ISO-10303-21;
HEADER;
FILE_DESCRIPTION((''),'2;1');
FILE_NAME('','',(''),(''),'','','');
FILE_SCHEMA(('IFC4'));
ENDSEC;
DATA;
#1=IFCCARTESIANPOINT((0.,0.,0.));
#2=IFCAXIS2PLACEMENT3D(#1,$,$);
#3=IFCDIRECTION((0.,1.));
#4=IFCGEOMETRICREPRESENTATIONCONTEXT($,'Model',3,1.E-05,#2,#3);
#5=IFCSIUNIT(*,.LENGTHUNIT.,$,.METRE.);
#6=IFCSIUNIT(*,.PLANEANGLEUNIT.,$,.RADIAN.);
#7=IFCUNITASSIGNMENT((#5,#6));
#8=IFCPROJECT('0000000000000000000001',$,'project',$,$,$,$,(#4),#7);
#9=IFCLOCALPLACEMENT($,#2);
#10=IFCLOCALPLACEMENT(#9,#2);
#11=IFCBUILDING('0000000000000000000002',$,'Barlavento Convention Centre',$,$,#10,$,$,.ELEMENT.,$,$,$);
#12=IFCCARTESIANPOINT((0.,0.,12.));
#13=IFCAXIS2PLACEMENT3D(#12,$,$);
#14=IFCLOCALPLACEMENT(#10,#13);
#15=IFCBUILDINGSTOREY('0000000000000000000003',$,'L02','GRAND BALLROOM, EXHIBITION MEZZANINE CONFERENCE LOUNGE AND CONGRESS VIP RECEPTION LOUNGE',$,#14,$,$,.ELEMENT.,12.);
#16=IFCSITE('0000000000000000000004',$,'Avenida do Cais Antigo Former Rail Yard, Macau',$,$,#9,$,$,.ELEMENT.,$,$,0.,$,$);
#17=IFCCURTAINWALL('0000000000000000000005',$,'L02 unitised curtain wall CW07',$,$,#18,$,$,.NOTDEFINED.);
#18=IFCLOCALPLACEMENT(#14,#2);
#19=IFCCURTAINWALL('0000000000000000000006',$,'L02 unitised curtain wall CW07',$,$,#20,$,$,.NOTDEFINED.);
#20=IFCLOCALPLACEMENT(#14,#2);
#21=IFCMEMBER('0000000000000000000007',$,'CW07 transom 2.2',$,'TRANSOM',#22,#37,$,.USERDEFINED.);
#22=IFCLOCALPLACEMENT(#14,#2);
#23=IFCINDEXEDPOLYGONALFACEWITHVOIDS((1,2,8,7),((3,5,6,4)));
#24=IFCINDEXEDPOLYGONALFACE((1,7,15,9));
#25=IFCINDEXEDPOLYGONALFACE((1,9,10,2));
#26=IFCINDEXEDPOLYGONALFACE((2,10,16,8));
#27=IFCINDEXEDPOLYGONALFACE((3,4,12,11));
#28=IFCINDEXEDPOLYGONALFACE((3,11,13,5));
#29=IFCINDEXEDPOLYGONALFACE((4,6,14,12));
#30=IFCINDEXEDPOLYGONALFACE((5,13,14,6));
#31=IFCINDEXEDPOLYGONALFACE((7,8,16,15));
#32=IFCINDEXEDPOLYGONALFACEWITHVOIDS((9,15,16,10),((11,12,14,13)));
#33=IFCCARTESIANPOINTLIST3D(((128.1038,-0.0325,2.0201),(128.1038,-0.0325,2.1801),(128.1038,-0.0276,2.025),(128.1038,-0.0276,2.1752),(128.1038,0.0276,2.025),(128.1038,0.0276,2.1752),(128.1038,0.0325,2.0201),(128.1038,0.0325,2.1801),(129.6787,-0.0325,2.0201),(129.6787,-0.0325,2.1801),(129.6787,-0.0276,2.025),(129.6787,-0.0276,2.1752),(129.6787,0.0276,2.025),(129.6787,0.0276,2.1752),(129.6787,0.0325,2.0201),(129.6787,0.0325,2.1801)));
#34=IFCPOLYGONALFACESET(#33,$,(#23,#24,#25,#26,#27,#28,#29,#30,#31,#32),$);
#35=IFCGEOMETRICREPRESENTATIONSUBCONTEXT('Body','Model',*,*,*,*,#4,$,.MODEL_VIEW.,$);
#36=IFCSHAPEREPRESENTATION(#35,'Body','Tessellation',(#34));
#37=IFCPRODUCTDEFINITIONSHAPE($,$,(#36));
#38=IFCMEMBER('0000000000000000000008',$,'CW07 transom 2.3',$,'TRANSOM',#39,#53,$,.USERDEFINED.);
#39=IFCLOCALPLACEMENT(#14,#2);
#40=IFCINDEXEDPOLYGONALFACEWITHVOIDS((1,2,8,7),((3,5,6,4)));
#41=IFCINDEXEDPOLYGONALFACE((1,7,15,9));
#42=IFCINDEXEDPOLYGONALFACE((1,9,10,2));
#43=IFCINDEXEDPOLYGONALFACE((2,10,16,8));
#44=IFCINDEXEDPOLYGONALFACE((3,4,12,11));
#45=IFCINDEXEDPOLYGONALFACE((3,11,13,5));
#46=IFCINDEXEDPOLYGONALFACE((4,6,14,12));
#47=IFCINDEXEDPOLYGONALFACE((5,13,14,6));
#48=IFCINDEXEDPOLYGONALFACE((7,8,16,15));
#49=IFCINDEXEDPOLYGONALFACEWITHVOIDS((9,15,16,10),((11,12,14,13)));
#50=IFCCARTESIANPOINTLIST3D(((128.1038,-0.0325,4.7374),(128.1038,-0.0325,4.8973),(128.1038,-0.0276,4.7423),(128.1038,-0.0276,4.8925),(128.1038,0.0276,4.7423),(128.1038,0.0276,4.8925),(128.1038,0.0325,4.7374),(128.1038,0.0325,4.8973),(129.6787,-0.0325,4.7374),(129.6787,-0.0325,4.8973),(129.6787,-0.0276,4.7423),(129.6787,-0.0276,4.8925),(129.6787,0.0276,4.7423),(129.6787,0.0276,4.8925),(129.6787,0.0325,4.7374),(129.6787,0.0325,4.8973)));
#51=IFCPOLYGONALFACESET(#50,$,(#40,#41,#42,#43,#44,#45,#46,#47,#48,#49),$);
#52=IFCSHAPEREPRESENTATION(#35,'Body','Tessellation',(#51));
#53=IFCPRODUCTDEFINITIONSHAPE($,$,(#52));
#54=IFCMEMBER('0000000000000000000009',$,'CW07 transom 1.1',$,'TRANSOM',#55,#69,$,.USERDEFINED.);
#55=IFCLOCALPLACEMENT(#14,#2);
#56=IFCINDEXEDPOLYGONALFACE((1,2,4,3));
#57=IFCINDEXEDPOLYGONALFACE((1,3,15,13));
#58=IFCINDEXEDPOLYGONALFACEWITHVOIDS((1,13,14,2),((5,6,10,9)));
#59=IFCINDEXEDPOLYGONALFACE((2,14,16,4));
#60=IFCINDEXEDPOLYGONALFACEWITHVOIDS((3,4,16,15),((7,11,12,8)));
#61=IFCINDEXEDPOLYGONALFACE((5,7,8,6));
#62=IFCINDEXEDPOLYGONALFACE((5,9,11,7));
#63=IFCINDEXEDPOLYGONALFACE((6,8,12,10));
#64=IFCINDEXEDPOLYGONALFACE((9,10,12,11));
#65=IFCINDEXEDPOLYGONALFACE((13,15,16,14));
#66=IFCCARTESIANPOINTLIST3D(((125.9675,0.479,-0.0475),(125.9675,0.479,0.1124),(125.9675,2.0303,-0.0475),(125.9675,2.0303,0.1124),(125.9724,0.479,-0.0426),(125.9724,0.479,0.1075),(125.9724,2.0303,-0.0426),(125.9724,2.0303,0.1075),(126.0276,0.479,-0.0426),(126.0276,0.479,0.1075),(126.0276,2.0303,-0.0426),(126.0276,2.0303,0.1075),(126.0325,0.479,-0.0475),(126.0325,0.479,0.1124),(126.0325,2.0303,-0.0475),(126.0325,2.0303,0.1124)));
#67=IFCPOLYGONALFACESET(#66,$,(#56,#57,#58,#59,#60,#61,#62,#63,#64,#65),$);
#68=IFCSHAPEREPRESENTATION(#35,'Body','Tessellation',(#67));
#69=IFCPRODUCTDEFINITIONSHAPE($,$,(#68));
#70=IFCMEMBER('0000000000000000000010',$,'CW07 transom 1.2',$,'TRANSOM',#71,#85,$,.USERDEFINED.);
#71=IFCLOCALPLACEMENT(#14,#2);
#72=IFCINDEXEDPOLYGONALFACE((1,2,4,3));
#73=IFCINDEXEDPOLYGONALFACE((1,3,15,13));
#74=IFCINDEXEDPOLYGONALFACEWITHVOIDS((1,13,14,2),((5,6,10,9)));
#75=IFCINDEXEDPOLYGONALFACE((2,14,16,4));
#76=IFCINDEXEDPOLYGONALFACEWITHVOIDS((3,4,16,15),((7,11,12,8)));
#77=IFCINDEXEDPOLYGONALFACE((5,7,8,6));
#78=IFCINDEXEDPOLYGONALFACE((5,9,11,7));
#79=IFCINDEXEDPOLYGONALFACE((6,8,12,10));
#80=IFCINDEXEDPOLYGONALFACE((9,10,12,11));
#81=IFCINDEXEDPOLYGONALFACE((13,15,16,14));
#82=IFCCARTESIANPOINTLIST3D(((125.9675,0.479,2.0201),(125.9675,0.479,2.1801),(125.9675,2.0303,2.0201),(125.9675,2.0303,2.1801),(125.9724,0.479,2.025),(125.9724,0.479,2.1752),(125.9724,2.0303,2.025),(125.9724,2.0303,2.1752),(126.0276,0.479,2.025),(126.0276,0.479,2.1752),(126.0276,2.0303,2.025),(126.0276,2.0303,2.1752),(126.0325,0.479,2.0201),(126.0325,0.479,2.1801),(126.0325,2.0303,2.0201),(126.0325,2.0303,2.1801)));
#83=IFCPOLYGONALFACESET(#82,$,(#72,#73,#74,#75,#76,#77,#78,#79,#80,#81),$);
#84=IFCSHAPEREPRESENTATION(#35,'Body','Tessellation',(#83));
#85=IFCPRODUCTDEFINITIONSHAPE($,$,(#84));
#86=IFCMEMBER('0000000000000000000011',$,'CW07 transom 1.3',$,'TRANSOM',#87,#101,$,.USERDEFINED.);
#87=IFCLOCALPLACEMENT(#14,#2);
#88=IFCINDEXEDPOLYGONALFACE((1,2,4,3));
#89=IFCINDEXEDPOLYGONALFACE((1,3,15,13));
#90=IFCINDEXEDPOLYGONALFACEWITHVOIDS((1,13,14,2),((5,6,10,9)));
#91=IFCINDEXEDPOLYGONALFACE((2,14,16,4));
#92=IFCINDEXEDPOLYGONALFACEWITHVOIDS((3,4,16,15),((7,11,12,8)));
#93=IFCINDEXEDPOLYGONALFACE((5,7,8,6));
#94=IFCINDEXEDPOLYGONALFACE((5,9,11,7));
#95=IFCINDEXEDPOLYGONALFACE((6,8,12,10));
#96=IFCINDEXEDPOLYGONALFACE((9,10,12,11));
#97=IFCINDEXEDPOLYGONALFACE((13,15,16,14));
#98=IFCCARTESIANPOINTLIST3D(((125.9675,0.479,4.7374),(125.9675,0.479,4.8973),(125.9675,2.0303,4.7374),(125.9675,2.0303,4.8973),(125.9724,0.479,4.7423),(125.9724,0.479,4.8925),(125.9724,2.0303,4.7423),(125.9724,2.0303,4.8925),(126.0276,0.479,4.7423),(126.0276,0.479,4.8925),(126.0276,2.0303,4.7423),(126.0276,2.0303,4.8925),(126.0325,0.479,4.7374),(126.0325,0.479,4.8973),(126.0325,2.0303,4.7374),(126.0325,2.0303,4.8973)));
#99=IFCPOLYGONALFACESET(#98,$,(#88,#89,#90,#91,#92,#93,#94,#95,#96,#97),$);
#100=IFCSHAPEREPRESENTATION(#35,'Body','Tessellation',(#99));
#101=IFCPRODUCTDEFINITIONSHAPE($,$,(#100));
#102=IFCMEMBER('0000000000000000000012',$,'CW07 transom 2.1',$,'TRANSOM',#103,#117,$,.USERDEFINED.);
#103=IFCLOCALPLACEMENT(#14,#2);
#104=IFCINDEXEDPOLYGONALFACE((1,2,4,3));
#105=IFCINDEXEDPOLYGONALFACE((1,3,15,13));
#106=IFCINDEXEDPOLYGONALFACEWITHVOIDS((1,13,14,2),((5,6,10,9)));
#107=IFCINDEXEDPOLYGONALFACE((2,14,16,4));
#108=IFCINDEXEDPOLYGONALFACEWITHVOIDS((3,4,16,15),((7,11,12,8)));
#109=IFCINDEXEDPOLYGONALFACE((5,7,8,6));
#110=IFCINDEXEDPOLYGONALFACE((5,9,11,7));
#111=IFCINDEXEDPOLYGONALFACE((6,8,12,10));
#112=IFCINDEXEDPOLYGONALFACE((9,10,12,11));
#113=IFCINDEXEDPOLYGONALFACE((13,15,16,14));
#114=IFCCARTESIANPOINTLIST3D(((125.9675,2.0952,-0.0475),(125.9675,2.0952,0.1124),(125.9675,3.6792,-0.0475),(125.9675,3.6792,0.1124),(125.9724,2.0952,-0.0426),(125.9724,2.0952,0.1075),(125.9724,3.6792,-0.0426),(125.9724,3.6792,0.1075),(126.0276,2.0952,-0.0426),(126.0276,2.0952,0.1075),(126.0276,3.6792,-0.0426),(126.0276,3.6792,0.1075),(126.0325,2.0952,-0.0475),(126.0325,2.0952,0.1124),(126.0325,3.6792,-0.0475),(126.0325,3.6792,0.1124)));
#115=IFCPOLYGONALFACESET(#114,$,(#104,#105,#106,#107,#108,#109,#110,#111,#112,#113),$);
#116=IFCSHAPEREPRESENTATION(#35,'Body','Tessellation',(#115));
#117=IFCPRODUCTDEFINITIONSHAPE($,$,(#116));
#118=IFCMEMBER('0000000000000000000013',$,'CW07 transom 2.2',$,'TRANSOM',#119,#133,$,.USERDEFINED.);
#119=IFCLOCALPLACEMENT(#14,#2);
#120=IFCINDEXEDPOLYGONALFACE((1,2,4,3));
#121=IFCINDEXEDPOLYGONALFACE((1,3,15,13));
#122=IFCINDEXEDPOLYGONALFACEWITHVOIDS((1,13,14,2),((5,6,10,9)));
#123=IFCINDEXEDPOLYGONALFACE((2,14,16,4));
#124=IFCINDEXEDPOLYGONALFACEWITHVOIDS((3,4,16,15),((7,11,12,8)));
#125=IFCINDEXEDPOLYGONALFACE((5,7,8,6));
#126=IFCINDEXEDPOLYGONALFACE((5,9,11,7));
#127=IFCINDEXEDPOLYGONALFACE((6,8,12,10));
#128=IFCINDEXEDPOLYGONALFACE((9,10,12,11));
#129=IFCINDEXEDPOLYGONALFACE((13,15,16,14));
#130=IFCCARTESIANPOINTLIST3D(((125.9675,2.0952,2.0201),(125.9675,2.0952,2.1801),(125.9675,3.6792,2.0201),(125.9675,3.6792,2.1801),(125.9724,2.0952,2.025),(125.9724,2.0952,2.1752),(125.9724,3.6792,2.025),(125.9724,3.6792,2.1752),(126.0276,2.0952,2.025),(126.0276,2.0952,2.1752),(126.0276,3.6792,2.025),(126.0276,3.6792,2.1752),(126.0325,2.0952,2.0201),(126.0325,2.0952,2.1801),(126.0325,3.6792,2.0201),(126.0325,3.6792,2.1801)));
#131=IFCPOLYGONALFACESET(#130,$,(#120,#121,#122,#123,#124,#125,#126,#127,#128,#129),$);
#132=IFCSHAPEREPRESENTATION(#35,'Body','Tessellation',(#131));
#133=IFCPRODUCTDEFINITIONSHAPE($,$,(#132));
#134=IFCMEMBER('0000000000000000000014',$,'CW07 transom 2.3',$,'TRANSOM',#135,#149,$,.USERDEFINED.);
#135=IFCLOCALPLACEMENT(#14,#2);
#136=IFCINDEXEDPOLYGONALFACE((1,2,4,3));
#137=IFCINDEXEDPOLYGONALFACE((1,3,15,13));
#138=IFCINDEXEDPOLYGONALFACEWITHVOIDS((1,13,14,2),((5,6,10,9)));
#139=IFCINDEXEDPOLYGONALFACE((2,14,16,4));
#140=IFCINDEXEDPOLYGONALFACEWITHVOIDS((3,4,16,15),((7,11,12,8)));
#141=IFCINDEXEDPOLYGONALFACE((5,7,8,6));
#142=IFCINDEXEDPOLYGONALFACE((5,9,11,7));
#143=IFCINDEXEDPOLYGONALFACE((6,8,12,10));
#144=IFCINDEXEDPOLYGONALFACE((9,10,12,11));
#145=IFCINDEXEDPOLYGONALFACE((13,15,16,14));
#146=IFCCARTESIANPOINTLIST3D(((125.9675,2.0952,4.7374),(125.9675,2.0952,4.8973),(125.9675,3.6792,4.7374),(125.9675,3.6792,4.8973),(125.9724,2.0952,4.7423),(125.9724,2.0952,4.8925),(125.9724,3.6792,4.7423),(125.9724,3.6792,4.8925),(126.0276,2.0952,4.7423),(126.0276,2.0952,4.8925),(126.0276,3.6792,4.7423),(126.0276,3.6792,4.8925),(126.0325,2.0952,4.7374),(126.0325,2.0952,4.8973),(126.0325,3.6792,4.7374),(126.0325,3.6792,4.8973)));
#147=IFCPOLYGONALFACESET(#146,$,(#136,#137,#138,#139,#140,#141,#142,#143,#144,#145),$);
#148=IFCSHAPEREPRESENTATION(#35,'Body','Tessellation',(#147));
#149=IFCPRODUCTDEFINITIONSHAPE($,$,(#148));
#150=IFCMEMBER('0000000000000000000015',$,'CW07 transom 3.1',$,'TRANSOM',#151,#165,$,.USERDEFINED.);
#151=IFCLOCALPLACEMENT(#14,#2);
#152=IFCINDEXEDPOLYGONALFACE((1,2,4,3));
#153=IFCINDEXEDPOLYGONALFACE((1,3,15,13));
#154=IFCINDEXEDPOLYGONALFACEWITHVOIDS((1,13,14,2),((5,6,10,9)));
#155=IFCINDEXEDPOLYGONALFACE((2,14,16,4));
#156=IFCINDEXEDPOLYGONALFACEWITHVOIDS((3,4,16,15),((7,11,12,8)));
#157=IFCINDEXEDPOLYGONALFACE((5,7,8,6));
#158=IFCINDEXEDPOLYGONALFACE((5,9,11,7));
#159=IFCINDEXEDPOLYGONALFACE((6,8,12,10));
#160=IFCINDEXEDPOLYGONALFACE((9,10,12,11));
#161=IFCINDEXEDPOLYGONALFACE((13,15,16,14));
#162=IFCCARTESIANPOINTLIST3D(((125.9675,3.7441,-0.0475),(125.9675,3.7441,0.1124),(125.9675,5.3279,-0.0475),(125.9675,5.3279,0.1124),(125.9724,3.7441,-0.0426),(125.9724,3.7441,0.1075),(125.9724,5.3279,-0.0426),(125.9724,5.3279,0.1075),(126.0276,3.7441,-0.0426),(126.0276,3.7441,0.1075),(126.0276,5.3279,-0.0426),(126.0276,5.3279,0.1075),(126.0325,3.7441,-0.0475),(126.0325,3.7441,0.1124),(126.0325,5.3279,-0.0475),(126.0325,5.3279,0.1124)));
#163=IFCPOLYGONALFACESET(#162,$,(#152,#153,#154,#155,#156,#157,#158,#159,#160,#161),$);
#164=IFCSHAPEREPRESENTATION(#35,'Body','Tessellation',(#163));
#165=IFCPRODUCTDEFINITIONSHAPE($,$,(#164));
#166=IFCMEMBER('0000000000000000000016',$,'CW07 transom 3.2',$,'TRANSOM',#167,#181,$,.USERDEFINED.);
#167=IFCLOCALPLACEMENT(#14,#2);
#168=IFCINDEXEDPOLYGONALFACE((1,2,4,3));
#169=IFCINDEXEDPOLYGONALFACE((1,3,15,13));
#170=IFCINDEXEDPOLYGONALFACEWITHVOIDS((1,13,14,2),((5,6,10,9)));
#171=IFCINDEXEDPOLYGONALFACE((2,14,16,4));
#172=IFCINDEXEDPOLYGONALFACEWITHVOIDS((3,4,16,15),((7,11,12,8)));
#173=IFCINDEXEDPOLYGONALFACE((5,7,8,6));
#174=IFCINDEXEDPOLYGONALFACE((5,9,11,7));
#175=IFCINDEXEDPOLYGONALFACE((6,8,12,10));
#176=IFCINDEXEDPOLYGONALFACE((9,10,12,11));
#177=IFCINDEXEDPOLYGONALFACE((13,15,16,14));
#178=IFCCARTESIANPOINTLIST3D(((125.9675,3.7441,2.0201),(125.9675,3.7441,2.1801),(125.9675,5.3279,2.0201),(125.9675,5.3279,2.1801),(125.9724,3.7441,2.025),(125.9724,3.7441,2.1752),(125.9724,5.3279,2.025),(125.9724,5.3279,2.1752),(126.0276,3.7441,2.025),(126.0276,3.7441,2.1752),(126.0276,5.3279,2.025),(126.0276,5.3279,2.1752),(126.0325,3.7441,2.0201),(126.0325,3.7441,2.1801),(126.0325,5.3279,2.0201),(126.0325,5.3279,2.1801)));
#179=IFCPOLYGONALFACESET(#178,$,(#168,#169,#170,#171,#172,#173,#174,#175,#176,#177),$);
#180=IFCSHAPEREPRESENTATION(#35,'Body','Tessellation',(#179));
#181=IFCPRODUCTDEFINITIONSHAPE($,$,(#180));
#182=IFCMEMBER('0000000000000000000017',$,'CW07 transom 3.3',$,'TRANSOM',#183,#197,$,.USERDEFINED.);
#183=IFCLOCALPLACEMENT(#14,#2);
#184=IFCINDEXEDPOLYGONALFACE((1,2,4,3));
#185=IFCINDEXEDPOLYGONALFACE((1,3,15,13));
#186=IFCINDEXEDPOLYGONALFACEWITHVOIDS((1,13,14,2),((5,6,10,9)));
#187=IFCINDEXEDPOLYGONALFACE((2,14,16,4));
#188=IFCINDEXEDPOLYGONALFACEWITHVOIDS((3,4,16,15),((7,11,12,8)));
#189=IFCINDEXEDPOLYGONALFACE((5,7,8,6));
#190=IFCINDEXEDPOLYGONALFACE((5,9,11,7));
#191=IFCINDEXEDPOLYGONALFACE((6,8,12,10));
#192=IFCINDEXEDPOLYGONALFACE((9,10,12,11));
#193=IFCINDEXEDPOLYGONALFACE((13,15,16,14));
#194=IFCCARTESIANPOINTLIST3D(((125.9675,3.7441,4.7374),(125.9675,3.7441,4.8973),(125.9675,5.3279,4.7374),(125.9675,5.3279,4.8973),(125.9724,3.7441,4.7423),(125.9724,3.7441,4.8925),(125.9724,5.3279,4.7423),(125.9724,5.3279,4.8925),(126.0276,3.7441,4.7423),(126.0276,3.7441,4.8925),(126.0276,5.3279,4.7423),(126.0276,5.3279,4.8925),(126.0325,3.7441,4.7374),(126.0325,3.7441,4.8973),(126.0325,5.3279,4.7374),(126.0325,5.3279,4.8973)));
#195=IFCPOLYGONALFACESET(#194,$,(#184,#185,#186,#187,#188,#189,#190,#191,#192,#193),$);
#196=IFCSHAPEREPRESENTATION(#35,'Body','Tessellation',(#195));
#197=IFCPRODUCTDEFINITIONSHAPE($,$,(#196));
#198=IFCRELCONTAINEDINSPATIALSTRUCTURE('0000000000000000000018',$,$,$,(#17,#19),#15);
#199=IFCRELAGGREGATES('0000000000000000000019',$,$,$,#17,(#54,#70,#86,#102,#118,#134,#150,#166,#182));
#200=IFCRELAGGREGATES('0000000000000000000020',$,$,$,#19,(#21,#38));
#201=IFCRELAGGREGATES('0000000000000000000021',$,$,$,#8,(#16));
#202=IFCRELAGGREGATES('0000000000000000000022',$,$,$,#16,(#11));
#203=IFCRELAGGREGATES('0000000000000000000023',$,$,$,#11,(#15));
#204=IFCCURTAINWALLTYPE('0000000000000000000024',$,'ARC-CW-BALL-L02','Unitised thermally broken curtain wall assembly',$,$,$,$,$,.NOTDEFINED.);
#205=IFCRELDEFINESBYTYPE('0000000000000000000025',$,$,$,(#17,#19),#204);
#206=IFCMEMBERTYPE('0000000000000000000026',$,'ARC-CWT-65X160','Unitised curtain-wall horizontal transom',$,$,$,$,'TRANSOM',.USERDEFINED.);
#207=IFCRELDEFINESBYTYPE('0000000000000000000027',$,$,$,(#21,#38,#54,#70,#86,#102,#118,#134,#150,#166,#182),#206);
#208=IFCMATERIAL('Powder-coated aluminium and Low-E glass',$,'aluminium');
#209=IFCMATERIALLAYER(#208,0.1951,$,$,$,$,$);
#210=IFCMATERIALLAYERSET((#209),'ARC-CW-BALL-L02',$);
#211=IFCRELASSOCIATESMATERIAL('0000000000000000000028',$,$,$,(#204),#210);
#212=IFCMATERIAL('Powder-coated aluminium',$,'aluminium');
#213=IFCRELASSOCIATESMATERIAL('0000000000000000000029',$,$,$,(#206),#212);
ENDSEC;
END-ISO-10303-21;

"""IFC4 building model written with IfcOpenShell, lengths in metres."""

from ifc_helpers import new_model, si_unit, direction, frame, origin, origin_2d, place, context, subcontext, project, spatial, hollow_rectangle, extrude, material, layer, layer_set, material_profile, profile_set, type_object, element, aggregate, save


model = new_model("IFC4")

# Units and contexts
model_context = context("Model", 3, precision=1e-05, world=origin(), true_north=direction((0.0, 1.0)))
body_context = subcontext(model_context, "Body", "Model", "MODEL_VIEW")
ifc_project = project(units=[si_unit("LENGTHUNIT", "METRE"), si_unit("PLANEANGLEUNIT", "RADIAN")], contexts=[model_context])

# Site, building, storey
site_placement = place(None, origin())
site = spatial("IfcSite", under=ifc_project, at=site_placement, Name="Avenida do Cais Antigo Former Rail Yard, Macau", CompositionType="ELEMENT", RefElevation=0.0)
building_placement = place(site_placement, origin())
building = spatial("IfcBuilding", under=site, at=building_placement, Name="Barlavento Convention Centre", CompositionType="ELEMENT")
storey_placement = place(building_placement, frame((0.0, 0.0, 12.0)))
storey = spatial("IfcBuildingStorey", under=building, at=storey_placement, Name="L02", Description="GRAND BALLROOM, EXHIBITION MEZZANINE CONFERENCE LOUNGE AND CONGRESS VIP RECEPTION LOUNGE", CompositionType="ELEMENT", Elevation=12.0)

# Curtain walls, members
ifc_material_1 = material(Name="Powder-coated aluminium and Low-E glass", Category="aluminium")
ifc_layer_1 = layer(ifc_material_1, 0.1951)
ifc_layer_set_1 = layer_set([ifc_layer_1], Name="ARC-CW-BALL-L02")
curtain_wall_type = type_object("IfcCurtainWallType", Name="ARC-CW-BALL-L02", Description="Unitised thermally broken curtain wall assembly", PredefinedType="NOTDEFINED", material=ifc_layer_set_1)
curtain_wall_1_placement = place(storey_placement, origin())
curtain_wall_1 = element("IfcCurtainWall", 1, at=curtain_wall_1_placement, inside=storey, type_object=curtain_wall_type, Name="L02 unitised curtain wall CW07", PredefinedType="NOTDEFINED")
ifc_material_2 = material(Name="Powder-coated aluminium", Category="aluminium")
curtain_wall_2_placement = place(storey_placement, origin())
curtain_wall_2 = element("IfcCurtainWall", 2, at=curtain_wall_2_placement, inside=storey, type_object=curtain_wall_type, Name="L02 unitised curtain wall CW07", PredefinedType="NOTDEFINED")
ifc_material_profile_1 = material_profile(ifc_material_2, hollow_rectangle(XDim=0.0649, YDim=0.1599, WallThickness=0.0049, at=origin_2d()), Name="AL-TRAN 65x160x5")
ifc_profile_set_1 = profile_set([ifc_material_profile_1], Name="Powder-coated aluminium")
member_type_1 = type_object("IfcMemberType", Name="ARC-CWT-65X160", Description="Unitised curtain-wall horizontal transom", ElementType="TRANSOM", PredefinedType="USERDEFINED", material=ifc_profile_set_1)
member_1_placement = place(storey_placement, frame((128.1038, 0.0, 2.1001), z_axis=(1.0, 0.0, 0.0), x_axis=(0.0, 1.0, 0.0)))
member_1 = element("IfcMember", 3, at=member_1_placement, type_object=member_type_1, Name="CW07 transom 2.2", ObjectType="TRANSOM", PredefinedType="USERDEFINED", context=body_context, shape_type="SweptSolid", body=[
    extrude(hollow_rectangle(XDim=0.0649, YDim=0.1599, WallThickness=0.0049, at=origin_2d()), origin(), (0.0, 0.0, 1.0), 1.575),
])
member_2_placement = place(storey_placement, frame((128.1038, 0.0, 4.8174), z_axis=(1.0, 0.0, 0.0), x_axis=(0.0, 1.0, 0.0)))
member_2 = element("IfcMember", 4, at=member_2_placement, type_object=member_type_1, Name="CW07 transom 2.3", ObjectType="TRANSOM", PredefinedType="USERDEFINED", context=body_context, shape_type="SweptSolid", body=[
    extrude(hollow_rectangle(XDim=0.0649, YDim=0.1599, WallThickness=0.0049, at=origin_2d()), origin(), (0.0, 0.0, 1.0), 1.575),
])

# Members
member_3_placement = place(storey_placement, frame((126.0, 0.479, 0.0325), z_axis=(0.0, 1.0, 0.0), x_axis=(-1.0, 0.0, 0.0)))
member_3 = element("IfcMember", 5, at=member_3_placement, type_object=member_type_1, Name="CW07 transom 1.1", ObjectType="TRANSOM", PredefinedType="USERDEFINED", context=body_context, shape_type="SweptSolid", body=[
    extrude(hollow_rectangle(XDim=0.0649, YDim=0.1599, WallThickness=0.0049, at=origin_2d()), origin(), (0.0, 0.0, 1.0), 1.5513),
])
member_4_placement = place(storey_placement, frame((126.0, 0.479, 2.1001), z_axis=(0.0, 1.0, 0.0), x_axis=(-1.0, 0.0, 0.0)))
member_4 = element("IfcMember", 6, at=member_4_placement, type_object=member_type_1, Name="CW07 transom 1.2", ObjectType="TRANSOM", PredefinedType="USERDEFINED", context=body_context, shape_type="SweptSolid", body=[
    extrude(hollow_rectangle(XDim=0.0649, YDim=0.1599, WallThickness=0.0049, at=origin_2d()), origin(), (0.0, 0.0, 1.0), 1.5513),
])
member_5_placement = place(storey_placement, frame((126.0, 0.479, 4.8174), z_axis=(0.0, 1.0, 0.0), x_axis=(-1.0, 0.0, 0.0)))
member_5 = element("IfcMember", 7, at=member_5_placement, type_object=member_type_1, Name="CW07 transom 1.3", ObjectType="TRANSOM", PredefinedType="USERDEFINED", context=body_context, shape_type="SweptSolid", body=[
    extrude(hollow_rectangle(XDim=0.0649, YDim=0.1599, WallThickness=0.0049, at=origin_2d()), origin(), (0.0, 0.0, 1.0), 1.5513),
])
member_6_placement = place(storey_placement, frame((126.0, 2.0952, 0.0325), z_axis=(0.0, 1.0, 0.0), x_axis=(-1.0, 0.0, 0.0)))
member_6 = element("IfcMember", 8, at=member_6_placement, type_object=member_type_1, Name="CW07 transom 2.1", ObjectType="TRANSOM", PredefinedType="USERDEFINED", context=body_context, shape_type="SweptSolid", body=[
    extrude(hollow_rectangle(XDim=0.0649, YDim=0.1599, WallThickness=0.0049, at=origin_2d()), origin(), (0.0, 0.0, 1.0), 1.584),
])
member_7_placement = place(storey_placement, frame((126.0, 2.0952, 2.1001), z_axis=(0.0, 1.0, 0.0), x_axis=(-1.0, 0.0, 0.0)))
member_7 = element("IfcMember", 9, at=member_7_placement, type_object=member_type_1, Name="CW07 transom 2.2", ObjectType="TRANSOM", PredefinedType="USERDEFINED", context=body_context, shape_type="SweptSolid", body=[
    extrude(hollow_rectangle(XDim=0.0649, YDim=0.1599, WallThickness=0.0049, at=origin_2d()), origin(), (0.0, 0.0, 1.0), 1.584),
])
member_8_placement = place(storey_placement, frame((126.0, 2.0952, 4.8174), z_axis=(0.0, 1.0, 0.0), x_axis=(-1.0, 0.0, 0.0)))
member_8 = element("IfcMember", 10, at=member_8_placement, type_object=member_type_1, Name="CW07 transom 2.3", ObjectType="TRANSOM", PredefinedType="USERDEFINED", context=body_context, shape_type="SweptSolid", body=[
    extrude(hollow_rectangle(XDim=0.0649, YDim=0.1599, WallThickness=0.0049, at=origin_2d()), origin(), (0.0, 0.0, 1.0), 1.584),
])
member_9_placement = place(storey_placement, frame((126.0, 3.7441, 0.0325), z_axis=(0.0, 1.0, 0.0), x_axis=(-1.0, 0.0, 0.0)))
member_9 = element("IfcMember", 11, at=member_9_placement, type_object=member_type_1, Name="CW07 transom 3.1", ObjectType="TRANSOM", PredefinedType="USERDEFINED", context=body_context, shape_type="SweptSolid", body=[
    extrude(hollow_rectangle(XDim=0.0649, YDim=0.1599, WallThickness=0.0049, at=origin_2d()), origin(), (0.0, 0.0, 1.0), 1.5837),
])
member_10_placement = place(storey_placement, frame((126.0, 3.7441, 2.1001), z_axis=(0.0, 1.0, 0.0), x_axis=(-1.0, 0.0, 0.0)))
member_10 = element("IfcMember", 12, at=member_10_placement, type_object=member_type_1, Name="CW07 transom 3.2", ObjectType="TRANSOM", PredefinedType="USERDEFINED", context=body_context, shape_type="SweptSolid", body=[
    extrude(hollow_rectangle(XDim=0.0649, YDim=0.1599, WallThickness=0.0049, at=origin_2d()), origin(), (0.0, 0.0, 1.0), 1.5837),
])
member_11_placement = place(storey_placement, frame((126.0, 3.7441, 4.8174), z_axis=(0.0, 1.0, 0.0), x_axis=(-1.0, 0.0, 0.0)))
member_11 = element("IfcMember", 13, at=member_11_placement, type_object=member_type_1, Name="CW07 transom 3.3", ObjectType="TRANSOM", PredefinedType="USERDEFINED", context=body_context, shape_type="SweptSolid", body=[
    extrude(hollow_rectangle(XDim=0.0649, YDim=0.1599, WallThickness=0.0049, at=origin_2d()), origin(), (0.0, 0.0, 1.0), 1.5837),
])

aggregate(curtain_wall_1, [member_3, member_4, member_5, member_6, member_7, member_8, member_9, member_10, member_11])
aggregate(curtain_wall_2, [member_1, member_2])

save(model, "model.ifc")
